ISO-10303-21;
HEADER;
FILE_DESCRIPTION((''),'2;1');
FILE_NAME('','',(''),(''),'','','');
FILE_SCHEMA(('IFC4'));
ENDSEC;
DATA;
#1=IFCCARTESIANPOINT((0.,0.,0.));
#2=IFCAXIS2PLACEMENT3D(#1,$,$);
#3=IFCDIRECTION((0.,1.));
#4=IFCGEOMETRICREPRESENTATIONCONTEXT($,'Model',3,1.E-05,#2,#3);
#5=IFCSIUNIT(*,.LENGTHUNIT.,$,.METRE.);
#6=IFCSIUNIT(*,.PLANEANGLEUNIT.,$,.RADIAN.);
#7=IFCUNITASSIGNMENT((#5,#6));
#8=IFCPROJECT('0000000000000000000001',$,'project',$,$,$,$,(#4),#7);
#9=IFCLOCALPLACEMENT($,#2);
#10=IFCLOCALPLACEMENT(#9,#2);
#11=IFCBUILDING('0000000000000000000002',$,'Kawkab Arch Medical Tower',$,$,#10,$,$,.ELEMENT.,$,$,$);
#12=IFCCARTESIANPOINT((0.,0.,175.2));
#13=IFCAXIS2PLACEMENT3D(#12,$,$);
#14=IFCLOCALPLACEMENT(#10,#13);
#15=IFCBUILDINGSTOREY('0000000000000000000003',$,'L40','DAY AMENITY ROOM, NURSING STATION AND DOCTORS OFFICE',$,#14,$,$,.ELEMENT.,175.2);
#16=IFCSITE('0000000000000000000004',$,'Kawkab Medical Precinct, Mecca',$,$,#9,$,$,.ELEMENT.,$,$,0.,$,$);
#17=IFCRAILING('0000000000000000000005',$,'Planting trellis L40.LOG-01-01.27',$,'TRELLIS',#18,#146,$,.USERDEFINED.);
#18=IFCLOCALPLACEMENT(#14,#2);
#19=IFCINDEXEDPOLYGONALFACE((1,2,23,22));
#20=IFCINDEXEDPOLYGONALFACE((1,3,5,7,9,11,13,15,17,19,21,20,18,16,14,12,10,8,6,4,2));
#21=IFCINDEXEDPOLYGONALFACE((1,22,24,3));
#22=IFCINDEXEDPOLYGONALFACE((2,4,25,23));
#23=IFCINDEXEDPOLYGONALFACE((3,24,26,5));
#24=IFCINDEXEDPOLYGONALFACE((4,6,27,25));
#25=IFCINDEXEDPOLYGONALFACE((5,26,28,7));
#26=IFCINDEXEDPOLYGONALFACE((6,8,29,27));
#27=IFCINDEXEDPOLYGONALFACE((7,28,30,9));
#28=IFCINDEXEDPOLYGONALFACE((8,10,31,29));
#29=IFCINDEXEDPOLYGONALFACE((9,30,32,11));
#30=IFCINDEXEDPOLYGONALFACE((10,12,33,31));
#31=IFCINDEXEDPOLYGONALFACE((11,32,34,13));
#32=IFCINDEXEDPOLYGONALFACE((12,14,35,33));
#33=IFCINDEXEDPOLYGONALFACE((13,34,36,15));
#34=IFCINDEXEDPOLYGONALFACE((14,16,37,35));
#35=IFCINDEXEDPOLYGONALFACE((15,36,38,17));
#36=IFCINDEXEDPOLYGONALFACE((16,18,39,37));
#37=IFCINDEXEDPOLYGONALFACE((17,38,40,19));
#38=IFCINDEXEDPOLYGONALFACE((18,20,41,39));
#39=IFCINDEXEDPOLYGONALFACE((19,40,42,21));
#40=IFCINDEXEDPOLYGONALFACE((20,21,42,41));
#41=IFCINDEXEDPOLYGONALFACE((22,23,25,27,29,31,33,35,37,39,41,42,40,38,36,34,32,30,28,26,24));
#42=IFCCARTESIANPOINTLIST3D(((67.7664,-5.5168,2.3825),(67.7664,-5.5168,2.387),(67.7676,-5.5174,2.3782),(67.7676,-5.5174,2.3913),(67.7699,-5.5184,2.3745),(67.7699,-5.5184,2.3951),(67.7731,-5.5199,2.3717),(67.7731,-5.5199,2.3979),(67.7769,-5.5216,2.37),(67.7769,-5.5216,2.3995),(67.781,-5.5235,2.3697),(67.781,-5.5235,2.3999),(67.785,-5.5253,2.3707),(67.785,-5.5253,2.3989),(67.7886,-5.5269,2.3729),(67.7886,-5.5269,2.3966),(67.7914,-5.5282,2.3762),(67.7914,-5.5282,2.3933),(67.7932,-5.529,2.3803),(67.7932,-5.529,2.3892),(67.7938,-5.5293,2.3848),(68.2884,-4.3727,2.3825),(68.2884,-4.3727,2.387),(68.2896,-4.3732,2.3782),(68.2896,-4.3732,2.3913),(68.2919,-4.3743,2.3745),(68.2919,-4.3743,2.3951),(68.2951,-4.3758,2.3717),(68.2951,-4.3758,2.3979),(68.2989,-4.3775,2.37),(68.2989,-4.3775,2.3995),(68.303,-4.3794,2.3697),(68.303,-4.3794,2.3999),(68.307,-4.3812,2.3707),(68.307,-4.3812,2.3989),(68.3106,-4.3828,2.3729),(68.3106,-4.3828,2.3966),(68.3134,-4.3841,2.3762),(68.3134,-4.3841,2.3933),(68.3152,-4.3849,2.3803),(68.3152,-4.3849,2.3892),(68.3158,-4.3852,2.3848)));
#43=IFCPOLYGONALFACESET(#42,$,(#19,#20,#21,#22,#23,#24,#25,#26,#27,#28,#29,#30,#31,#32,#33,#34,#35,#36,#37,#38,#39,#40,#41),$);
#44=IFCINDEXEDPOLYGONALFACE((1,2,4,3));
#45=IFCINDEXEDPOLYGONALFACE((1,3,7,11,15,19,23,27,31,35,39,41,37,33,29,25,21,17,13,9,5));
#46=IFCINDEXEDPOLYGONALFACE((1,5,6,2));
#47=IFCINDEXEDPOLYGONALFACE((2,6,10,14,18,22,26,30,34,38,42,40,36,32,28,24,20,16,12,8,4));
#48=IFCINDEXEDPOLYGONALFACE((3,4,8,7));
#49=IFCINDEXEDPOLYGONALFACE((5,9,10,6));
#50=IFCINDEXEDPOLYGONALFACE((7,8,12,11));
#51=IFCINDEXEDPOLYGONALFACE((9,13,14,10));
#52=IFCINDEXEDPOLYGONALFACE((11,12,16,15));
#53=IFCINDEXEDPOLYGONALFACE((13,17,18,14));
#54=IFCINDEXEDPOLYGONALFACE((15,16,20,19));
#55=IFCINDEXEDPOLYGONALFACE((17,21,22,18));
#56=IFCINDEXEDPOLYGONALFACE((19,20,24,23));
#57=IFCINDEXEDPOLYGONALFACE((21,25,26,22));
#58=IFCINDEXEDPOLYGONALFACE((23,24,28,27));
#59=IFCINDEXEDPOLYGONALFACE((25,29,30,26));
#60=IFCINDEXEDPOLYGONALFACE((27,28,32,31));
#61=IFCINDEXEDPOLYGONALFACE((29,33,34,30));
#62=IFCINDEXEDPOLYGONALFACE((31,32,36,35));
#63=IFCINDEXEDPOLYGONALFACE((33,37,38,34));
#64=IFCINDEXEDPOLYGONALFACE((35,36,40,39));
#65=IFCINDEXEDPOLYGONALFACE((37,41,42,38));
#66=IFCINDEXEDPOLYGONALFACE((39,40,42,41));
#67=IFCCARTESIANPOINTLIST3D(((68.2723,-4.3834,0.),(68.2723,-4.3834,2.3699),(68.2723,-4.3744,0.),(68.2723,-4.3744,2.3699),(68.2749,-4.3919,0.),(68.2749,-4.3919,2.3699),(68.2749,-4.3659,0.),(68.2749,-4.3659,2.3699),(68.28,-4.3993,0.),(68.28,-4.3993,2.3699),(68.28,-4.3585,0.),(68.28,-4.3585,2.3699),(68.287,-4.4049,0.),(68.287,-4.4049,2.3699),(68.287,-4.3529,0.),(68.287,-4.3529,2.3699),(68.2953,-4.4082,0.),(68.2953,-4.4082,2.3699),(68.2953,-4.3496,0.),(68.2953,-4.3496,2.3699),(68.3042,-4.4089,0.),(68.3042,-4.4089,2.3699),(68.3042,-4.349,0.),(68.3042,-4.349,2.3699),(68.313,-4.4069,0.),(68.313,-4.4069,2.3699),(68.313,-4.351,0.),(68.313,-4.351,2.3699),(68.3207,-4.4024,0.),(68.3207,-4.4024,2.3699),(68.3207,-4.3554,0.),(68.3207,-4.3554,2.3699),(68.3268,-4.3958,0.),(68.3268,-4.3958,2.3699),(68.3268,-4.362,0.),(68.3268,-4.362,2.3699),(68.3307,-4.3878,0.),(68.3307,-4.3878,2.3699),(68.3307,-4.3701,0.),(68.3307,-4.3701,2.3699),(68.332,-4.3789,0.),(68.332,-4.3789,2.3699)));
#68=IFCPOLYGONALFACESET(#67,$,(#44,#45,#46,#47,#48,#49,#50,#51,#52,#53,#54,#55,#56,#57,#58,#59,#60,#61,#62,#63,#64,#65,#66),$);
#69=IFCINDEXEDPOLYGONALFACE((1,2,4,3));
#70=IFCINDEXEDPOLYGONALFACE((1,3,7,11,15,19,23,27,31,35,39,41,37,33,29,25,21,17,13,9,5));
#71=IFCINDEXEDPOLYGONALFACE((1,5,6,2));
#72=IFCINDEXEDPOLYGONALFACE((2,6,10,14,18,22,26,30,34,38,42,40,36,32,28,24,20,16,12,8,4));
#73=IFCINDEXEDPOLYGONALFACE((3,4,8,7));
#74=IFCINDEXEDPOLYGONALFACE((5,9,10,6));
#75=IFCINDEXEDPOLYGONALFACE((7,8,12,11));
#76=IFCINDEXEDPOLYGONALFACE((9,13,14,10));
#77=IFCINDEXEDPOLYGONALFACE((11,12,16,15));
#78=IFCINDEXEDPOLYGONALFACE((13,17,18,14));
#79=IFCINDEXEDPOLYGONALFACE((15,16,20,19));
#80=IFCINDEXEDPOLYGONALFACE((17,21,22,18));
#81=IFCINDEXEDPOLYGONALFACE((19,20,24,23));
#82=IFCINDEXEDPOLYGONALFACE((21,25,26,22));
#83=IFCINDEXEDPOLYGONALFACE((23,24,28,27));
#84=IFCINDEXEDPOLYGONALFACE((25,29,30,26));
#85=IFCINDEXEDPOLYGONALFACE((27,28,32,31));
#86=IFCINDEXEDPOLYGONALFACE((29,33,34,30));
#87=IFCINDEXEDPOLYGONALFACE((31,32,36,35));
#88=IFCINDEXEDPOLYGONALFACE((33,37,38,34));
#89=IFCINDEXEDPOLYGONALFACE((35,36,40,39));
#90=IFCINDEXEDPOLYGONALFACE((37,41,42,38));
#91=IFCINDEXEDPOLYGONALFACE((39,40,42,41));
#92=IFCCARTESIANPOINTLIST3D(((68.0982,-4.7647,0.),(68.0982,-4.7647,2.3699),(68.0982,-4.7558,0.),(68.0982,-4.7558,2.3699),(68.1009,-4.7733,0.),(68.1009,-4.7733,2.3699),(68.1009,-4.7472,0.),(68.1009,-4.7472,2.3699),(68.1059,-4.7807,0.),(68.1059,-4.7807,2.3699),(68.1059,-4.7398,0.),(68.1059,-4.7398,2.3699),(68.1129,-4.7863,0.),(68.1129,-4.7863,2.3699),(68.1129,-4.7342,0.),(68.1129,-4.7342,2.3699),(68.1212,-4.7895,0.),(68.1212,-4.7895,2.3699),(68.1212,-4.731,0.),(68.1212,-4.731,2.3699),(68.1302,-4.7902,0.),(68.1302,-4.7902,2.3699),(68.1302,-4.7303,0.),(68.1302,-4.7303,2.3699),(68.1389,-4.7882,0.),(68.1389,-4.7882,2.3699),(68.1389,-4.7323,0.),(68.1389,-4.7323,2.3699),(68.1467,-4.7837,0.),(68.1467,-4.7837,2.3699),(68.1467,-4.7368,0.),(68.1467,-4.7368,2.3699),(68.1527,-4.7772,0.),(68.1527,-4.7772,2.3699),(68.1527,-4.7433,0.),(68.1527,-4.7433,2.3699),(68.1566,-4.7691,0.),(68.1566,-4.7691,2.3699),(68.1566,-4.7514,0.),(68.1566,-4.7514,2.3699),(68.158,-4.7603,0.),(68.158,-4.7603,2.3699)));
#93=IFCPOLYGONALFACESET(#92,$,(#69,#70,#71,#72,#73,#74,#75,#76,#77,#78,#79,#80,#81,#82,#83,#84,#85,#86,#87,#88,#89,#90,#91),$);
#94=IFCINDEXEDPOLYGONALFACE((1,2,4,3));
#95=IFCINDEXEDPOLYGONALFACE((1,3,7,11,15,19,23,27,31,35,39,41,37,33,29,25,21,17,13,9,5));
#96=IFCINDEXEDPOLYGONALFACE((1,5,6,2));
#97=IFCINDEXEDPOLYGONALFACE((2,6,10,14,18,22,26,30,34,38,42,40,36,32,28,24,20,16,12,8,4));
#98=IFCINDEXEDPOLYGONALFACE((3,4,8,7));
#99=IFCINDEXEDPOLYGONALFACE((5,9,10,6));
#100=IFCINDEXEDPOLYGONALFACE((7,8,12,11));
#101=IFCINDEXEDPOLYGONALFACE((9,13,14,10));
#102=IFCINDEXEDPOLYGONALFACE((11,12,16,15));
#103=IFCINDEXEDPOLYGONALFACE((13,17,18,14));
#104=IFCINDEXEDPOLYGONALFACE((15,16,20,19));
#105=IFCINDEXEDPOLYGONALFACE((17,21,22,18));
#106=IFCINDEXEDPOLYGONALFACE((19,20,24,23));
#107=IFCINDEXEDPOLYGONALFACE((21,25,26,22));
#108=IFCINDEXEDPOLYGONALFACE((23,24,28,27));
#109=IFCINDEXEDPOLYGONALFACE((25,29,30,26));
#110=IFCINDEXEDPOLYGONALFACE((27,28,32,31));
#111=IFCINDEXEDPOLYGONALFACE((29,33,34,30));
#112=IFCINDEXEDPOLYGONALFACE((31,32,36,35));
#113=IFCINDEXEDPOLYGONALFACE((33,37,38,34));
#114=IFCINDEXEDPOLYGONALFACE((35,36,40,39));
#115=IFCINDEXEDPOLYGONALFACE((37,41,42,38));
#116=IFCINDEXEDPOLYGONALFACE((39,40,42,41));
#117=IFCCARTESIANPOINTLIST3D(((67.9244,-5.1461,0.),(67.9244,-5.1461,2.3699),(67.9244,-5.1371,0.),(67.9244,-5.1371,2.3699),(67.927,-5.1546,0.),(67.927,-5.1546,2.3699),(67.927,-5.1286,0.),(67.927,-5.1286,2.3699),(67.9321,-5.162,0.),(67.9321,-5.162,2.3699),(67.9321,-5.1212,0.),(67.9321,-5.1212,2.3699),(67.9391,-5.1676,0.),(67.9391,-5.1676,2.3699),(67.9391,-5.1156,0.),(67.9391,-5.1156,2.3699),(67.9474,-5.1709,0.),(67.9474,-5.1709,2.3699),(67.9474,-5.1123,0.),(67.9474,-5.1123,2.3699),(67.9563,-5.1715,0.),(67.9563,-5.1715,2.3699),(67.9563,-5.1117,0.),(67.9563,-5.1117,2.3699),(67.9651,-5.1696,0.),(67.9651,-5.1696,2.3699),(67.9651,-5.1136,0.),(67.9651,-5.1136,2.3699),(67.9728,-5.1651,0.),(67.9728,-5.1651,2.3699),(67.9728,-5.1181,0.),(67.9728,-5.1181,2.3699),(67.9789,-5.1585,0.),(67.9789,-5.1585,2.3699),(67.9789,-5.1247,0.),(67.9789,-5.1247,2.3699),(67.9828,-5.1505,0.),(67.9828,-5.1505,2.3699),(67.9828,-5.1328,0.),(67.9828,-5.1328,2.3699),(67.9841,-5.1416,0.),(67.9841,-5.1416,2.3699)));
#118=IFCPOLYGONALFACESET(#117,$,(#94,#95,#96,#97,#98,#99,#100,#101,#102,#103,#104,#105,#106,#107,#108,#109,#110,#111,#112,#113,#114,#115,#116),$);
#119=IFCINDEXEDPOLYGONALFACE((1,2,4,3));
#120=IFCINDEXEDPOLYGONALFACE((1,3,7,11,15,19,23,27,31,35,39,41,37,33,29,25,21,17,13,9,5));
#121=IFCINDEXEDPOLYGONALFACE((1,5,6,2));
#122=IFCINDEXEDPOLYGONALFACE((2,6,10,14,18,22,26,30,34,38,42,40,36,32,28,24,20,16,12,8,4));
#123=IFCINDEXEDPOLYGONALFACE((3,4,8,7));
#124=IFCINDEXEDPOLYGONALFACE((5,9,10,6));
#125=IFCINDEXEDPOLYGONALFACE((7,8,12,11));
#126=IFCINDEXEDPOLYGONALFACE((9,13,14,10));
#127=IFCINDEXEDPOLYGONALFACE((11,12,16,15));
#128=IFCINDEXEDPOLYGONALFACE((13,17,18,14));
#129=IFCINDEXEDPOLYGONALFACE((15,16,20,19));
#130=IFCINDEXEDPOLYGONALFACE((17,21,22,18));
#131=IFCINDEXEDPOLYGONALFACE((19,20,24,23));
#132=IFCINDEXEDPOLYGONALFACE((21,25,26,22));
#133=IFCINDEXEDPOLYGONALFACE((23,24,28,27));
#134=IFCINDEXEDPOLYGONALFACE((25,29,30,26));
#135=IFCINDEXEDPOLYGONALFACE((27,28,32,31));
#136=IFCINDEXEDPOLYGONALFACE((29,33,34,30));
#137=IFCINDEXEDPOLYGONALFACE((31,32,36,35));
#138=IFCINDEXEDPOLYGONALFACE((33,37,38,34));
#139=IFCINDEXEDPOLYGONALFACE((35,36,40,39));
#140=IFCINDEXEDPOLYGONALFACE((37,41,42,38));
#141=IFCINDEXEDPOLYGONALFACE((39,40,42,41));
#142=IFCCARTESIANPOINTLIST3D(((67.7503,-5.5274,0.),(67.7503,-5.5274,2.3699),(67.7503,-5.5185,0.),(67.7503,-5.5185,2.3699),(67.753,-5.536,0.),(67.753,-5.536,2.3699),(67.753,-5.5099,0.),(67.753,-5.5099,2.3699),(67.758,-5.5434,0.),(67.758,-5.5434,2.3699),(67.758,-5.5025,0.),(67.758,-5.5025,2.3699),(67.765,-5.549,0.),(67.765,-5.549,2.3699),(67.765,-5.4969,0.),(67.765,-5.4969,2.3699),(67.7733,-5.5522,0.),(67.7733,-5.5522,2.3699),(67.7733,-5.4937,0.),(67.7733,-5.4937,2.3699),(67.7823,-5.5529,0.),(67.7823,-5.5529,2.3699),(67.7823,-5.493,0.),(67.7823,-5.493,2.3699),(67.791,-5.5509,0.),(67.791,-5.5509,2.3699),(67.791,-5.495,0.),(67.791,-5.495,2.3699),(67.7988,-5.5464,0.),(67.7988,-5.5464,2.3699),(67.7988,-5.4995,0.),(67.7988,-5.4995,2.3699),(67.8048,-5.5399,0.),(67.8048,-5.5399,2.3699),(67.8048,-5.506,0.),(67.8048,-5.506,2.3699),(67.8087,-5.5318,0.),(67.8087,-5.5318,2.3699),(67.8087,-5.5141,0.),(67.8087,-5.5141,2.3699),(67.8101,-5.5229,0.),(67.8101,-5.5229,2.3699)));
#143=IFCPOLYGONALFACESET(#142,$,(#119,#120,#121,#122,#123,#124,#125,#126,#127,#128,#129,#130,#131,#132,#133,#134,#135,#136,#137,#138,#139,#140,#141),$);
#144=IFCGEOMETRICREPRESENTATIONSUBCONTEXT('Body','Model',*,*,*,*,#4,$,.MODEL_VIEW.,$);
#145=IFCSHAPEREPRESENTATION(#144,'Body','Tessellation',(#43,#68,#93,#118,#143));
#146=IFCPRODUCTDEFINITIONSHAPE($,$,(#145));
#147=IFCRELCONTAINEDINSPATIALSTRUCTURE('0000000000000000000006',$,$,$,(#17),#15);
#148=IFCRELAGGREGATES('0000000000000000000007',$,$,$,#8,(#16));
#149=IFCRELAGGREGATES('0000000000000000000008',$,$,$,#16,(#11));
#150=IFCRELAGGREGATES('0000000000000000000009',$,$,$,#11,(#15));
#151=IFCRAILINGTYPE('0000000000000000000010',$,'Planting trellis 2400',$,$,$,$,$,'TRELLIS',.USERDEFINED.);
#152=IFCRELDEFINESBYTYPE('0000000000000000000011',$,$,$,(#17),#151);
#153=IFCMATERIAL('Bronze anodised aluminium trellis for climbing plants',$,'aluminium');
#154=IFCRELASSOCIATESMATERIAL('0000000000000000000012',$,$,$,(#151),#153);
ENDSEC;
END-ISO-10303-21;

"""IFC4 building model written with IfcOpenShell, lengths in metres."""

from ifc_helpers import new_model, si_unit, direction, frame, origin, origin_2d, place, context, subcontext, project, spatial, circle, extrude, material, type_object, element, save


model = new_model("IFC4")

# Units and contexts
model_context = context("Model", 3, precision=1e-05, world=origin(), true_north=direction((0.0, 1.0)))
body_context = subcontext(model_context, "Body", "Model", "MODEL_VIEW")
ifc_project = project(units=[si_unit("LENGTHUNIT", "METRE"), si_unit("PLANEANGLEUNIT", "RADIAN")], contexts=[model_context])

# Site, building, storey
site_placement = place(None, origin())
site = spatial("IfcSite", under=ifc_project, at=site_placement, Name="Kawkab Medical Precinct, Mecca", CompositionType="ELEMENT", RefElevation=0.0)
building_placement = place(site_placement, origin())
building = spatial("IfcBuilding", under=site, at=building_placement, Name="Kawkab Arch Medical Tower", CompositionType="ELEMENT")
storey_placement = place(building_placement, frame((0.0, 0.0, 175.2)))
storey = spatial("IfcBuildingStorey", under=building, at=storey_placement, Name="L40", Description="DAY AMENITY ROOM, NURSING STATION AND DOCTORS OFFICE", CompositionType="ELEMENT", Elevation=175.2)

# Railing
ifc_material_1 = material(Name="Bronze anodised aluminium trellis for climbing plants", Category="aluminium")
railing_type = type_object("IfcRailingType", Name="Planting trellis 2400", ElementType="TRELLIS", PredefinedType="USERDEFINED", material=ifc_material_1)
railing_1_placement = place(storey_placement, frame((68.302, -4.3789, 0.0)))
element("IfcRailing", 1, at=railing_1_placement, inside=storey, type_object=railing_type, Name="Planting trellis L40.LOG-01-01.27", ObjectType="TRELLIS", PredefinedType="USERDEFINED", context=body_context, shape_type="SweptSolid", body=[
    extrude(circle(Radius=0.0151, at=origin_2d()), frame((0.0, 0.0, 2.3848), z_axis=(-0.41509, -0.90978, 0.0), x_axis=(0.90978, -0.41509, 0.0)), (0.0, 0.0, 1.0), 1.2576),
    extrude(circle(Radius=0.03, at=origin_2d()), origin(), (0.0, 0.0, 1.0), 2.3699),
    extrude(circle(Radius=0.03, at=origin_2d()), frame((-0.1741, -0.3813, 0.0)), (0.0, 0.0, 1.0), 2.3699),
    extrude(circle(Radius=0.03, at=origin_2d()), frame((-0.3479, -0.7627, 0.0)), (0.0, 0.0, 1.0), 2.3699),
    extrude(circle(Radius=0.03, at=origin_2d()), frame((-0.522, -1.144, 0.0)), (0.0, 0.0, 1.0), 2.3699),
])

save(model, "model.ifc")
